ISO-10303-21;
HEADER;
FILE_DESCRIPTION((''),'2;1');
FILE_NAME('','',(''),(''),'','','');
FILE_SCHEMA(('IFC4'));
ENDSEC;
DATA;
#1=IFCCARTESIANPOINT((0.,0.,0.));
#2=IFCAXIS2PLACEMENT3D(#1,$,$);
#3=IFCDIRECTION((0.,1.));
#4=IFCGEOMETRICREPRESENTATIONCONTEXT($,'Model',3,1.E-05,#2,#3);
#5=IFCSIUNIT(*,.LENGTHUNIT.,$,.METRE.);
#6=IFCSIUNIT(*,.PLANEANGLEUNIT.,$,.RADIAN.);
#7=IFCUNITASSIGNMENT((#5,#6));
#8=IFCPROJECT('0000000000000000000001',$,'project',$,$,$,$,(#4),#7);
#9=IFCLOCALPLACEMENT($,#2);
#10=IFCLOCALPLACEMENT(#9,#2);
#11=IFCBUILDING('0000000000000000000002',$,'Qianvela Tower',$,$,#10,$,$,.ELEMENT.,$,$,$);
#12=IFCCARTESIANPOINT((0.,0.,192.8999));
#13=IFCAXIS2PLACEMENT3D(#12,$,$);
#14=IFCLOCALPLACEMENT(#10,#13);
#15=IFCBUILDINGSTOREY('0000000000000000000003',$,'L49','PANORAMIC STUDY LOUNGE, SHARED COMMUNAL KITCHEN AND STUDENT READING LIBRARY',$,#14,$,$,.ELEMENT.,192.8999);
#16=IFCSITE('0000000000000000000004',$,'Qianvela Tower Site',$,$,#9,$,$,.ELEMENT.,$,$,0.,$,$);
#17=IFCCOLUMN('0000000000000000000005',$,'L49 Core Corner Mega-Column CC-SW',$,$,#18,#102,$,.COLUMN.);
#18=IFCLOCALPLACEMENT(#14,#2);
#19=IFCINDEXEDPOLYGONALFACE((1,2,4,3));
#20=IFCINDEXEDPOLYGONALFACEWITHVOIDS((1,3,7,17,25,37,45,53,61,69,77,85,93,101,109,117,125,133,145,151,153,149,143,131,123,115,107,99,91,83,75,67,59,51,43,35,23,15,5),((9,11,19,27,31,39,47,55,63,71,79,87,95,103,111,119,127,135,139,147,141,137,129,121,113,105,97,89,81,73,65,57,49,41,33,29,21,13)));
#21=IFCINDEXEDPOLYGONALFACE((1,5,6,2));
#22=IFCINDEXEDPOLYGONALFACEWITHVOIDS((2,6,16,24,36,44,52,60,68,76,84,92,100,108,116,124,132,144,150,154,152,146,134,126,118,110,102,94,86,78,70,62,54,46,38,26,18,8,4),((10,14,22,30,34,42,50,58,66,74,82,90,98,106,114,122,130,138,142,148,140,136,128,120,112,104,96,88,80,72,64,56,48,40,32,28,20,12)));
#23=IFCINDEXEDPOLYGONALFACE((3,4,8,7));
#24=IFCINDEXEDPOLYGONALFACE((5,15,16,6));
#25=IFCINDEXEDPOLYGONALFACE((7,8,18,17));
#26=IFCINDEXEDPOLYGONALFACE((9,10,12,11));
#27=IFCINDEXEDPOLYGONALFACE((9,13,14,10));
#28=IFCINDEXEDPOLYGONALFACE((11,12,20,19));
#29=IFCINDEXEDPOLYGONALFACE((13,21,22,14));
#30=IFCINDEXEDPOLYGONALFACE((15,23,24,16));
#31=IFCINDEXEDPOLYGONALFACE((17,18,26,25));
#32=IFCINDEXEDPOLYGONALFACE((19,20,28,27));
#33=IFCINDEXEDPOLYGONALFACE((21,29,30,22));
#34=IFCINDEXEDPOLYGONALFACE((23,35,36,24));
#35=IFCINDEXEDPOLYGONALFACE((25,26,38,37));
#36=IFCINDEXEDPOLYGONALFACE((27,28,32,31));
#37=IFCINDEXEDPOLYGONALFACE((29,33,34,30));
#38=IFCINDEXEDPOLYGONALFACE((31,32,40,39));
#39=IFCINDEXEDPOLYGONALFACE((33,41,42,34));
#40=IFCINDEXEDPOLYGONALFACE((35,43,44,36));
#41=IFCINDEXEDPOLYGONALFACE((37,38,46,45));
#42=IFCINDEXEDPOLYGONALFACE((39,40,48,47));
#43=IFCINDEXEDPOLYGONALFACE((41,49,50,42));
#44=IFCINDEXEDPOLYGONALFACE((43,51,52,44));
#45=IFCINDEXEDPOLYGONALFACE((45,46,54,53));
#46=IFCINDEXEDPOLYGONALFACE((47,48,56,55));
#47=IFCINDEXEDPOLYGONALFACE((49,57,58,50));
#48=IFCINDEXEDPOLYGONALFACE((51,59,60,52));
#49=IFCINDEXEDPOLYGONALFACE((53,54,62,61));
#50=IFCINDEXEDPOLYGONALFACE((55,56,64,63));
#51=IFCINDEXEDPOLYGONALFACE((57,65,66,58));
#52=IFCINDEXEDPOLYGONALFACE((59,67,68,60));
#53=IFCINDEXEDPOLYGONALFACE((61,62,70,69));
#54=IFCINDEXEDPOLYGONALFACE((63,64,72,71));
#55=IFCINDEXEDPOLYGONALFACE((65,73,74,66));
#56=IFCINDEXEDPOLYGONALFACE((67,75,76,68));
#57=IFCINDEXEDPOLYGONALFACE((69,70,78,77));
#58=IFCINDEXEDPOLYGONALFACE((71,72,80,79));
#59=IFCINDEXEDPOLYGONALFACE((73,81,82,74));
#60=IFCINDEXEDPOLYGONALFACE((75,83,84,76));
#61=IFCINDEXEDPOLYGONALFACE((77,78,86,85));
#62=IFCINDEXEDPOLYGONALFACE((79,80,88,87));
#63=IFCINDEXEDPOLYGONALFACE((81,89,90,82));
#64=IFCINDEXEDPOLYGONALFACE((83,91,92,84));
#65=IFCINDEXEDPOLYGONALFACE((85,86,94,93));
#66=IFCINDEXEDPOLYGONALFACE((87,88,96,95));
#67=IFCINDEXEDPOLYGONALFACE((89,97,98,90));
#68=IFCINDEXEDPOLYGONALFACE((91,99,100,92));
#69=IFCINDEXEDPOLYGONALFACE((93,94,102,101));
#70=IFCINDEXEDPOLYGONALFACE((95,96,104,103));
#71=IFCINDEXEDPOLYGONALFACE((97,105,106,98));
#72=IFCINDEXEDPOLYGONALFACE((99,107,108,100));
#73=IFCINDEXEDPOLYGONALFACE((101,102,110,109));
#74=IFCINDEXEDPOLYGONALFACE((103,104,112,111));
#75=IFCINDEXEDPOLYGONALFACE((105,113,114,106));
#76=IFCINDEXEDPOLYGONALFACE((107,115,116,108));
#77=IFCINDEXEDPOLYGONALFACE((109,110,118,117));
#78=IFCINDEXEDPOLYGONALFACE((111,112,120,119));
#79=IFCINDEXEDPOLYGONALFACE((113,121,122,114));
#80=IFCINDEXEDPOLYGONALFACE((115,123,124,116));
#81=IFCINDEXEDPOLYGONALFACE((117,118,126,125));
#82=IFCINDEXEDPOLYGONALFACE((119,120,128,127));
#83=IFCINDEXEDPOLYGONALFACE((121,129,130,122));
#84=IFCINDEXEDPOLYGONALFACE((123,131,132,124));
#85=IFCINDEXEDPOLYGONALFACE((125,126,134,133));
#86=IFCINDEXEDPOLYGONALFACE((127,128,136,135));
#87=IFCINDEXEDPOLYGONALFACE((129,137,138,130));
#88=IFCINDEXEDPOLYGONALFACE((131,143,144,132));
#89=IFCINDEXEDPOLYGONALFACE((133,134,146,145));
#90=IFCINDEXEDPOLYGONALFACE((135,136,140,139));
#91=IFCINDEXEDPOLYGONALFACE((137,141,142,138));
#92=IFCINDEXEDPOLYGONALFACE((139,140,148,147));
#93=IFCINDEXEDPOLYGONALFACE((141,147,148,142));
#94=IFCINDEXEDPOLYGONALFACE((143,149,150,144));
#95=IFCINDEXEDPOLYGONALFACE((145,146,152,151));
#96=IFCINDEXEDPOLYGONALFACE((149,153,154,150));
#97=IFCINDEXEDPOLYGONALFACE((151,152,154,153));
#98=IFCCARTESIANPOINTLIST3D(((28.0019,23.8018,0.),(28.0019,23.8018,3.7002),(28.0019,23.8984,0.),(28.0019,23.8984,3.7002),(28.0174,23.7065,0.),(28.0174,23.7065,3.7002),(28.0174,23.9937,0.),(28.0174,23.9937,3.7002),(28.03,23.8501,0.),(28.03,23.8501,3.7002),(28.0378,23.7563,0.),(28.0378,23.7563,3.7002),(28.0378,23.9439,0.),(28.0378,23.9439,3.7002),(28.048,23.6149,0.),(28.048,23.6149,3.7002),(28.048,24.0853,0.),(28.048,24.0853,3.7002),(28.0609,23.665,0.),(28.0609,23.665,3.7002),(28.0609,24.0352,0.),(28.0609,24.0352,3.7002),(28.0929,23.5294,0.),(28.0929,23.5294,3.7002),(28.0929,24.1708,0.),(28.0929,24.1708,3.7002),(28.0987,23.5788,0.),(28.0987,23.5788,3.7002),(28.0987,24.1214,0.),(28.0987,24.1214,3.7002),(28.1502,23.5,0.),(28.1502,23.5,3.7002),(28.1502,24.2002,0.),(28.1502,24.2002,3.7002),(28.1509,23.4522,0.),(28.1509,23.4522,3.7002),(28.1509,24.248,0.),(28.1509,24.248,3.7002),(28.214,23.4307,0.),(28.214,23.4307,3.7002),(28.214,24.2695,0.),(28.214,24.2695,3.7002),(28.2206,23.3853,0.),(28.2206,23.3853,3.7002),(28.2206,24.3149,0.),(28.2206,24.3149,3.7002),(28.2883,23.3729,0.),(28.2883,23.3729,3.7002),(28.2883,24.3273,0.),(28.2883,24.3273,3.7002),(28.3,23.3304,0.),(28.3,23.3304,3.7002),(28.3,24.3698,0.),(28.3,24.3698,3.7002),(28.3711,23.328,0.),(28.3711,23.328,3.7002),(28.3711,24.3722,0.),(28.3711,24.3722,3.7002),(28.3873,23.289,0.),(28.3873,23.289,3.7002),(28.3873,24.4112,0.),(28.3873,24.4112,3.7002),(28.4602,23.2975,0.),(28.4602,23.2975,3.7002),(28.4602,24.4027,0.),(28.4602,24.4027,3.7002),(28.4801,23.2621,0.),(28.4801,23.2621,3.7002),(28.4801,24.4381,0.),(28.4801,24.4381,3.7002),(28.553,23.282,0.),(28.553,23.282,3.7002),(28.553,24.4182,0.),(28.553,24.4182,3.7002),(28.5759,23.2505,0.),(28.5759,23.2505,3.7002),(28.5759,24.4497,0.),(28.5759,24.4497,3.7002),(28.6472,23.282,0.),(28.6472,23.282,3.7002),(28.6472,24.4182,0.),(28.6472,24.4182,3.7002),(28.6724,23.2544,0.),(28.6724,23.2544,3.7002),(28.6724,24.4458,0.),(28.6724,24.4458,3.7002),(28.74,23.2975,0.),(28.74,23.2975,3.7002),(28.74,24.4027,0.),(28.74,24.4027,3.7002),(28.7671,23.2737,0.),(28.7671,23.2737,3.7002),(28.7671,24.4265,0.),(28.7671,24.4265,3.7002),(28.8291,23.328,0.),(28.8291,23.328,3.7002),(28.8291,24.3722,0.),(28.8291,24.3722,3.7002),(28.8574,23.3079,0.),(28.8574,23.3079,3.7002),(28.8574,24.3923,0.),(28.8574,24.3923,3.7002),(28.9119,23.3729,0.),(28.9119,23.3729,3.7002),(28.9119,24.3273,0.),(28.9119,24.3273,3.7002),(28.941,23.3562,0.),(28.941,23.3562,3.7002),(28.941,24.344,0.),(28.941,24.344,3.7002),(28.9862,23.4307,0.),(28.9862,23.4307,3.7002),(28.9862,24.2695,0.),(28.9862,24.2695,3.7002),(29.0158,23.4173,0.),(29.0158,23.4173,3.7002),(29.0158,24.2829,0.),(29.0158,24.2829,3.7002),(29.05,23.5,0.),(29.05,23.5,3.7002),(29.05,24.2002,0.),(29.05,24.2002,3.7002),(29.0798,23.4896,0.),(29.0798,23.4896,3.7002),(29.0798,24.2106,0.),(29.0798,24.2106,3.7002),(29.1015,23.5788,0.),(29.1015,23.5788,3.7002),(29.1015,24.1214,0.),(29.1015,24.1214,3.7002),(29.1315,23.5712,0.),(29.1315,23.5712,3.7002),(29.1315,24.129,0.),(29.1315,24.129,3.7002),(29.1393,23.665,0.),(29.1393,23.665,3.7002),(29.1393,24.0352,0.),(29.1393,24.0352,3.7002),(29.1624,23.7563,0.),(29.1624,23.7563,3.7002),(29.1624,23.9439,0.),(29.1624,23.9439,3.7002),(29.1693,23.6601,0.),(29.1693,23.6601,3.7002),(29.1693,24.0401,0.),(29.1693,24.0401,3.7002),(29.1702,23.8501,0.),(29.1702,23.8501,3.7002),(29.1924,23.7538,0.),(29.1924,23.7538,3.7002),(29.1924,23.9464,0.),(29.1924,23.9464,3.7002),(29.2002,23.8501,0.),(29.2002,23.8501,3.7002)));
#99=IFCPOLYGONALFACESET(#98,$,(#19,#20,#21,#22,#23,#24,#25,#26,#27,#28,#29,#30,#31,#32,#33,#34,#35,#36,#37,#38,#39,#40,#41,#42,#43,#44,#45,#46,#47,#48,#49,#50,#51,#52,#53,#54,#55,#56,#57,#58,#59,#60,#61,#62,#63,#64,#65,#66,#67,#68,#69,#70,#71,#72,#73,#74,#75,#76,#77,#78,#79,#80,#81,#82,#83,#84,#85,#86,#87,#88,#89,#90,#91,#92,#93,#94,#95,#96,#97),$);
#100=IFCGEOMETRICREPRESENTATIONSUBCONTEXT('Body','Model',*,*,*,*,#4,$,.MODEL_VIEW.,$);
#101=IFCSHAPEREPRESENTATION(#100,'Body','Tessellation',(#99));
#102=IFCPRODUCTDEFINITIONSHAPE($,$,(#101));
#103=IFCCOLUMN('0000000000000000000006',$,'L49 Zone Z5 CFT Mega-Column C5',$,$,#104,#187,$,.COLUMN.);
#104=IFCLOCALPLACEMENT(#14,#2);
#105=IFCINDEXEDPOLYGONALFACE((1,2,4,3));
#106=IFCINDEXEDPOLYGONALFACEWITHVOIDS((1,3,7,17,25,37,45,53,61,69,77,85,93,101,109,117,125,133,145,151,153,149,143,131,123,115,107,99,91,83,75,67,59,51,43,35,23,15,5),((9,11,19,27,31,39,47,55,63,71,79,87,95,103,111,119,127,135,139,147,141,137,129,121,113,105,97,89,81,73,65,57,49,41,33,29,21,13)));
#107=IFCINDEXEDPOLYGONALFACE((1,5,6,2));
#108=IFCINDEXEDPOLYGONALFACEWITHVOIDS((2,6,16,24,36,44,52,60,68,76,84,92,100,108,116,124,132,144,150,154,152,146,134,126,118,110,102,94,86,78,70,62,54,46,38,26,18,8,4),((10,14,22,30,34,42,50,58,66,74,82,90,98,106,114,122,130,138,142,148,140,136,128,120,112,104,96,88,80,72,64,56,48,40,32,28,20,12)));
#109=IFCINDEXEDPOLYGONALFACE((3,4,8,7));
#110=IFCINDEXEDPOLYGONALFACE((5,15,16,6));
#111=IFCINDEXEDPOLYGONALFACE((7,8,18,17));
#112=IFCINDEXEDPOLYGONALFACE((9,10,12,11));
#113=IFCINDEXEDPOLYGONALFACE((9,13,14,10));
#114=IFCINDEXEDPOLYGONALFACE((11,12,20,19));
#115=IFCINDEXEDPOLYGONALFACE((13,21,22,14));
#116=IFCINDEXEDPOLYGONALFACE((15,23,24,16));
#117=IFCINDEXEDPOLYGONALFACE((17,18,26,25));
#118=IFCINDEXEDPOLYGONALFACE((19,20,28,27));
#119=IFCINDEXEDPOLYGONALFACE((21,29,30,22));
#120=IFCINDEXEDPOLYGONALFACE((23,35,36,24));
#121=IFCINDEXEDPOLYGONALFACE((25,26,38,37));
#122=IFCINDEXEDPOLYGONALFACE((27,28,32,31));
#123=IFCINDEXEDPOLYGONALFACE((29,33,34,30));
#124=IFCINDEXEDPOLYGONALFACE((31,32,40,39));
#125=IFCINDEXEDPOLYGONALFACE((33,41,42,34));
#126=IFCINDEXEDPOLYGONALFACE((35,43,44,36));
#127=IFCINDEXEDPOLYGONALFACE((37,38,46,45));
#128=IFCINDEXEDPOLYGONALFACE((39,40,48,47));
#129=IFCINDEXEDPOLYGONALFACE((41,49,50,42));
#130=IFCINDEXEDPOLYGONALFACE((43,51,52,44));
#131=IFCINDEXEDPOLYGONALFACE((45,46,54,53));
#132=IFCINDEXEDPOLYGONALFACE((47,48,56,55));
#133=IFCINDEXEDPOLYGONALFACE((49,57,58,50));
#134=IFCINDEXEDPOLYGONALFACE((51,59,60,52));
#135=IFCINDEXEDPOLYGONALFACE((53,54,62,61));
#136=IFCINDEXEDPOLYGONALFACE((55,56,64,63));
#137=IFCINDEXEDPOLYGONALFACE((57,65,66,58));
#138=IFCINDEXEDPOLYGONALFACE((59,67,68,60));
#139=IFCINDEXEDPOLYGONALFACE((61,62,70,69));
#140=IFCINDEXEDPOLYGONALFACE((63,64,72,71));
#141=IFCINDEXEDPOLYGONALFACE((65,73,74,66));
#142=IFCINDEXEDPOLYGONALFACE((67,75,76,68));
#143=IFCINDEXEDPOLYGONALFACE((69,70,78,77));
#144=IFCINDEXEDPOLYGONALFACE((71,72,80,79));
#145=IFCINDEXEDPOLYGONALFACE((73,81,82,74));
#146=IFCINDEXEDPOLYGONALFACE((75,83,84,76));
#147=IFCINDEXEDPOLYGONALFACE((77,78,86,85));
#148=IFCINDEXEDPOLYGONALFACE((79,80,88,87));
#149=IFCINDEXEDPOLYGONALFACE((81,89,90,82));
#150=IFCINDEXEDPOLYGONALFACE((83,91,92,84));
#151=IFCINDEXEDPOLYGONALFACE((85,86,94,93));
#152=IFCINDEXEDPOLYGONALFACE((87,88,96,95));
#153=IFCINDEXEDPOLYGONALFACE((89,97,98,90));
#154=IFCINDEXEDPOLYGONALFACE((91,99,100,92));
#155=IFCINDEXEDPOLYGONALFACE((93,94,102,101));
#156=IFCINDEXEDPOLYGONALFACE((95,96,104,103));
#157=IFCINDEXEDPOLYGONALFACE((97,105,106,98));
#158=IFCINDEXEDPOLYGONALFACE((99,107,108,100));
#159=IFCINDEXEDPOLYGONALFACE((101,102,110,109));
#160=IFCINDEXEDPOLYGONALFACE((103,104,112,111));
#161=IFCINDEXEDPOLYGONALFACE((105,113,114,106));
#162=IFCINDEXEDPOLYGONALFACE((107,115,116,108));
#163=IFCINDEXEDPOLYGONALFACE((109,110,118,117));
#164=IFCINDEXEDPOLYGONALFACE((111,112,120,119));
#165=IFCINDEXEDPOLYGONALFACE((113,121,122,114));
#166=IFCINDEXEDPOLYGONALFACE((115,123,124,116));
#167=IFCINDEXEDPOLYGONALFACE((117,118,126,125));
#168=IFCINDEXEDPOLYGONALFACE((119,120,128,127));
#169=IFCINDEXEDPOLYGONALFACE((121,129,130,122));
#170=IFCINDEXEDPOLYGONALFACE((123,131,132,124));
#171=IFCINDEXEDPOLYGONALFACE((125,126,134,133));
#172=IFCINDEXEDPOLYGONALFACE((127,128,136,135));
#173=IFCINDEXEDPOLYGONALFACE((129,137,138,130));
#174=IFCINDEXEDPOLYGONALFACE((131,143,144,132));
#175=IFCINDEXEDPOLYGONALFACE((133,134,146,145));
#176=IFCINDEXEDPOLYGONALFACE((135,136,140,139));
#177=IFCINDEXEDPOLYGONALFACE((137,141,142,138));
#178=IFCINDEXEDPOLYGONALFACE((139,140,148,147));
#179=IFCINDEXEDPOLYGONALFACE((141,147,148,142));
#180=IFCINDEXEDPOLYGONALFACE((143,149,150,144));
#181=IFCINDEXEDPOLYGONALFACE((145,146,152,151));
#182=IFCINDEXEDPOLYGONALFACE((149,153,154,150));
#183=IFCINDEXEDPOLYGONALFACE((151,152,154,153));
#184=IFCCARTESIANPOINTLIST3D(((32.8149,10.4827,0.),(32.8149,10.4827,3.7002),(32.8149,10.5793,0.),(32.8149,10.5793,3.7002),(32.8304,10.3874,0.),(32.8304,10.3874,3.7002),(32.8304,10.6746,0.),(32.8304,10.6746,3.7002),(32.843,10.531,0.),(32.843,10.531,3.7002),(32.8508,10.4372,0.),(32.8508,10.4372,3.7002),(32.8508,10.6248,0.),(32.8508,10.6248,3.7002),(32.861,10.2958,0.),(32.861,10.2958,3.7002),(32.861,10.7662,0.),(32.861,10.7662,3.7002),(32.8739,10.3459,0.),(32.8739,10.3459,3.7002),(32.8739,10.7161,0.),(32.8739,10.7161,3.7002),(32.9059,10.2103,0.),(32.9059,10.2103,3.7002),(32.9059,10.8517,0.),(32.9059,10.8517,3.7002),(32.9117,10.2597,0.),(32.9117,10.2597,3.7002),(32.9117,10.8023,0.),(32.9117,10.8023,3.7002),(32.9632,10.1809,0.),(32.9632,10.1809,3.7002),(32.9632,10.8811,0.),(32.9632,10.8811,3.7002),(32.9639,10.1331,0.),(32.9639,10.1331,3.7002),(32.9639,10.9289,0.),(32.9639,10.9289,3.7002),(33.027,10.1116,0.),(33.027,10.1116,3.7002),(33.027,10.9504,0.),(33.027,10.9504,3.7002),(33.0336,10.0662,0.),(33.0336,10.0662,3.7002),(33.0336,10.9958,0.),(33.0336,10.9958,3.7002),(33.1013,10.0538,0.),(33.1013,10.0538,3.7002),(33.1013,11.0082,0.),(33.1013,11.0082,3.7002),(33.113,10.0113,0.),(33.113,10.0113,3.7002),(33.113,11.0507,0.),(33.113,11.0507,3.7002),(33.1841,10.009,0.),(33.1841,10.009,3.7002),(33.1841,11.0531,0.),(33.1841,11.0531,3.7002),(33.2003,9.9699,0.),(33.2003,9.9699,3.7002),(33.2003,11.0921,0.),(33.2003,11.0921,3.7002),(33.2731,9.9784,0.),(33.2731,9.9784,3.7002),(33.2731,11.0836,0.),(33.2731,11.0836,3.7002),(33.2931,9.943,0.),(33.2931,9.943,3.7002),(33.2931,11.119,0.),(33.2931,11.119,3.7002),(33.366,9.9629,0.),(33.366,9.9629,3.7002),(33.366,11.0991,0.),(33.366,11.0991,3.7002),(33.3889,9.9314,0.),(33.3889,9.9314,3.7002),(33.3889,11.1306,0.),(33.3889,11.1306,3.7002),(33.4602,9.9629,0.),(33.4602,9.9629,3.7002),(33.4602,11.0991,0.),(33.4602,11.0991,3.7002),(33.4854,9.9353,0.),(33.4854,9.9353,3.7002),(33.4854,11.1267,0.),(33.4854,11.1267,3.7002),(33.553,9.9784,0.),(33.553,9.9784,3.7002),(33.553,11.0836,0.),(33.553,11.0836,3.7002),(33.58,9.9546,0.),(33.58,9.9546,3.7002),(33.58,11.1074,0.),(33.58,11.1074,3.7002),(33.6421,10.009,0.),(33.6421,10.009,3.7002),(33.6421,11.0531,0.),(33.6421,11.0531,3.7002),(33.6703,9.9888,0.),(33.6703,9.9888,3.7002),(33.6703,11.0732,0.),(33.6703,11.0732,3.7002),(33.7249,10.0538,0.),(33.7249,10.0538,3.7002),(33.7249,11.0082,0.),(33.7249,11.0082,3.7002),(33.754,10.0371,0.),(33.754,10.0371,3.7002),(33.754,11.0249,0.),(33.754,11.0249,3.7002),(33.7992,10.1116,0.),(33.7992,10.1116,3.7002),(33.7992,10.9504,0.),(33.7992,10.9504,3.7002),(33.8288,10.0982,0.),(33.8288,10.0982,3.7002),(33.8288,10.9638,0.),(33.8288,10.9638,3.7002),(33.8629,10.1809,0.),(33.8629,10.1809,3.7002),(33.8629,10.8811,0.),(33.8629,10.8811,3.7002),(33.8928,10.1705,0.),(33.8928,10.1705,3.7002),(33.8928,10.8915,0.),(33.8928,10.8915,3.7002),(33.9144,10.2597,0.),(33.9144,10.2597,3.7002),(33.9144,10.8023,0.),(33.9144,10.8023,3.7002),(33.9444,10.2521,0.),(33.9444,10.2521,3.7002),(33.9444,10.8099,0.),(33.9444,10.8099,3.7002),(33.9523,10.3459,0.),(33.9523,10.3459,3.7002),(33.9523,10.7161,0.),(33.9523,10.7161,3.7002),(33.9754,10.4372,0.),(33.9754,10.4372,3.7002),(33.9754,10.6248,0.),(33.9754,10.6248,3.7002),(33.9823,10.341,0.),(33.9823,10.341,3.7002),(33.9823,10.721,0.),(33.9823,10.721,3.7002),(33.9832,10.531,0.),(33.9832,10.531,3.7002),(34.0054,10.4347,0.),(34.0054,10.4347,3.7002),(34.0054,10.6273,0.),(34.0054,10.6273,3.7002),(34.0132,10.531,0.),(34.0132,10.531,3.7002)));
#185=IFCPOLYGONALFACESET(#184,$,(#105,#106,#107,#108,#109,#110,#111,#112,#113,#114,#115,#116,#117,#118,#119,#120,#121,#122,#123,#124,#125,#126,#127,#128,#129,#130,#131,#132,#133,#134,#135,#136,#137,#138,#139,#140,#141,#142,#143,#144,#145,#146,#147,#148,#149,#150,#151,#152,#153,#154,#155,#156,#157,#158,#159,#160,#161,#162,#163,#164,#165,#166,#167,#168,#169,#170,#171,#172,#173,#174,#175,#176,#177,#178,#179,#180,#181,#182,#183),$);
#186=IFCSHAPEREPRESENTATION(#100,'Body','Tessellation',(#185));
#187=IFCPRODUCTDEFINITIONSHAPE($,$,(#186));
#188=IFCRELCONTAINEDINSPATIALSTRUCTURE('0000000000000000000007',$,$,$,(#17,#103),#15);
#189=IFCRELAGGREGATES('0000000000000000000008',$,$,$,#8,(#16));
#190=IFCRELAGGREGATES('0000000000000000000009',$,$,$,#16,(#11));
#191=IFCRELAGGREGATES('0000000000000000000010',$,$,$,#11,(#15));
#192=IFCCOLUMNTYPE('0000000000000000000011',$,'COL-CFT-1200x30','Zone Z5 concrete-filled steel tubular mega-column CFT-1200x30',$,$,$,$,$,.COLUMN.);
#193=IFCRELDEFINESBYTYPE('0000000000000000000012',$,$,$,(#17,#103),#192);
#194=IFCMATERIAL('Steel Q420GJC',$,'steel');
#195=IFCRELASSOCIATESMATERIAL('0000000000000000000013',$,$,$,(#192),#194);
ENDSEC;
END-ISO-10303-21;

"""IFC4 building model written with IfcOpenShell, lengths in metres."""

from ifc_helpers import new_model, si_unit, direction, frame, origin, origin_2d, place, context, subcontext, project, spatial, hollow_circle, extrude, material, material_profile, profile_set, type_object, element, save


model = new_model("IFC4")

# Units and contexts
model_context = context("Model", 3, precision=1e-05, world=origin(), true_north=direction((0.0, 1.0)))
body_context = subcontext(model_context, "Body", "Model", "MODEL_VIEW")
ifc_project = project(units=[si_unit("LENGTHUNIT", "METRE"), si_unit("PLANEANGLEUNIT", "RADIAN")], contexts=[model_context])

# Site, building, storey
site_placement = place(None, origin())
site = spatial("IfcSite", under=ifc_project, at=site_placement, Name="Qianvela Tower Site", CompositionType="ELEMENT", RefElevation=0.0)
building_placement = place(site_placement, origin())
building = spatial("IfcBuilding", under=site, at=building_placement, Name="Qianvela Tower", CompositionType="ELEMENT")
storey_placement = place(building_placement, frame((0.0, 0.0, 192.8999)))
storey = spatial("IfcBuildingStorey", under=building, at=storey_placement, Name="L49", Description="PANORAMIC STUDY LOUNGE, SHARED COMMUNAL KITCHEN AND STUDENT READING LIBRARY", CompositionType="ELEMENT", Elevation=192.8999)

# Columns
ifc_material_1 = material(Name="Steel Q420GJC", Category="steel")
ifc_material_profile_1 = material_profile(ifc_material_1, hollow_circle(Radius=0.6001, WallThickness=0.03, at=origin_2d()), Name="CFT-1200x30")
ifc_profile_set_1 = profile_set([ifc_material_profile_1], Name="Steel Q420GJC")
column_type = type_object("IfcColumnType", Name="COL-CFT-1200x30", Description="Zone Z5 concrete-filled steel tubular mega-column CFT-1200x30", PredefinedType="COLUMN", material=ifc_profile_set_1)
for number, where, z_axis, x_axis, name in (
    (1, (28.6001, 23.8501, 0.0), (0.0, 0.0, 1.0), (1.0, 0.0, 0.0), "L49 Core Corner Mega-Column CC-SW"),
    (2, (33.4131, 10.531, 0.0), (0.0, 0.0, 1.0), (1.0, 0.0, 0.0), "L49 Zone Z5 CFT Mega-Column C5"),
):
    element("IfcColumn", number, at=place(storey_placement, frame(where, z_axis=z_axis, x_axis=x_axis)), inside=storey, type_object=column_type, Name=name, PredefinedType="COLUMN", context=body_context, shape_type="SweptSolid", body=[
        extrude(hollow_circle(Radius=0.6001, WallThickness=0.03, at=origin_2d()), origin(), (0.0, 0.0, 1.0), 3.7002),
    ])

save(model, "model.ifc")
